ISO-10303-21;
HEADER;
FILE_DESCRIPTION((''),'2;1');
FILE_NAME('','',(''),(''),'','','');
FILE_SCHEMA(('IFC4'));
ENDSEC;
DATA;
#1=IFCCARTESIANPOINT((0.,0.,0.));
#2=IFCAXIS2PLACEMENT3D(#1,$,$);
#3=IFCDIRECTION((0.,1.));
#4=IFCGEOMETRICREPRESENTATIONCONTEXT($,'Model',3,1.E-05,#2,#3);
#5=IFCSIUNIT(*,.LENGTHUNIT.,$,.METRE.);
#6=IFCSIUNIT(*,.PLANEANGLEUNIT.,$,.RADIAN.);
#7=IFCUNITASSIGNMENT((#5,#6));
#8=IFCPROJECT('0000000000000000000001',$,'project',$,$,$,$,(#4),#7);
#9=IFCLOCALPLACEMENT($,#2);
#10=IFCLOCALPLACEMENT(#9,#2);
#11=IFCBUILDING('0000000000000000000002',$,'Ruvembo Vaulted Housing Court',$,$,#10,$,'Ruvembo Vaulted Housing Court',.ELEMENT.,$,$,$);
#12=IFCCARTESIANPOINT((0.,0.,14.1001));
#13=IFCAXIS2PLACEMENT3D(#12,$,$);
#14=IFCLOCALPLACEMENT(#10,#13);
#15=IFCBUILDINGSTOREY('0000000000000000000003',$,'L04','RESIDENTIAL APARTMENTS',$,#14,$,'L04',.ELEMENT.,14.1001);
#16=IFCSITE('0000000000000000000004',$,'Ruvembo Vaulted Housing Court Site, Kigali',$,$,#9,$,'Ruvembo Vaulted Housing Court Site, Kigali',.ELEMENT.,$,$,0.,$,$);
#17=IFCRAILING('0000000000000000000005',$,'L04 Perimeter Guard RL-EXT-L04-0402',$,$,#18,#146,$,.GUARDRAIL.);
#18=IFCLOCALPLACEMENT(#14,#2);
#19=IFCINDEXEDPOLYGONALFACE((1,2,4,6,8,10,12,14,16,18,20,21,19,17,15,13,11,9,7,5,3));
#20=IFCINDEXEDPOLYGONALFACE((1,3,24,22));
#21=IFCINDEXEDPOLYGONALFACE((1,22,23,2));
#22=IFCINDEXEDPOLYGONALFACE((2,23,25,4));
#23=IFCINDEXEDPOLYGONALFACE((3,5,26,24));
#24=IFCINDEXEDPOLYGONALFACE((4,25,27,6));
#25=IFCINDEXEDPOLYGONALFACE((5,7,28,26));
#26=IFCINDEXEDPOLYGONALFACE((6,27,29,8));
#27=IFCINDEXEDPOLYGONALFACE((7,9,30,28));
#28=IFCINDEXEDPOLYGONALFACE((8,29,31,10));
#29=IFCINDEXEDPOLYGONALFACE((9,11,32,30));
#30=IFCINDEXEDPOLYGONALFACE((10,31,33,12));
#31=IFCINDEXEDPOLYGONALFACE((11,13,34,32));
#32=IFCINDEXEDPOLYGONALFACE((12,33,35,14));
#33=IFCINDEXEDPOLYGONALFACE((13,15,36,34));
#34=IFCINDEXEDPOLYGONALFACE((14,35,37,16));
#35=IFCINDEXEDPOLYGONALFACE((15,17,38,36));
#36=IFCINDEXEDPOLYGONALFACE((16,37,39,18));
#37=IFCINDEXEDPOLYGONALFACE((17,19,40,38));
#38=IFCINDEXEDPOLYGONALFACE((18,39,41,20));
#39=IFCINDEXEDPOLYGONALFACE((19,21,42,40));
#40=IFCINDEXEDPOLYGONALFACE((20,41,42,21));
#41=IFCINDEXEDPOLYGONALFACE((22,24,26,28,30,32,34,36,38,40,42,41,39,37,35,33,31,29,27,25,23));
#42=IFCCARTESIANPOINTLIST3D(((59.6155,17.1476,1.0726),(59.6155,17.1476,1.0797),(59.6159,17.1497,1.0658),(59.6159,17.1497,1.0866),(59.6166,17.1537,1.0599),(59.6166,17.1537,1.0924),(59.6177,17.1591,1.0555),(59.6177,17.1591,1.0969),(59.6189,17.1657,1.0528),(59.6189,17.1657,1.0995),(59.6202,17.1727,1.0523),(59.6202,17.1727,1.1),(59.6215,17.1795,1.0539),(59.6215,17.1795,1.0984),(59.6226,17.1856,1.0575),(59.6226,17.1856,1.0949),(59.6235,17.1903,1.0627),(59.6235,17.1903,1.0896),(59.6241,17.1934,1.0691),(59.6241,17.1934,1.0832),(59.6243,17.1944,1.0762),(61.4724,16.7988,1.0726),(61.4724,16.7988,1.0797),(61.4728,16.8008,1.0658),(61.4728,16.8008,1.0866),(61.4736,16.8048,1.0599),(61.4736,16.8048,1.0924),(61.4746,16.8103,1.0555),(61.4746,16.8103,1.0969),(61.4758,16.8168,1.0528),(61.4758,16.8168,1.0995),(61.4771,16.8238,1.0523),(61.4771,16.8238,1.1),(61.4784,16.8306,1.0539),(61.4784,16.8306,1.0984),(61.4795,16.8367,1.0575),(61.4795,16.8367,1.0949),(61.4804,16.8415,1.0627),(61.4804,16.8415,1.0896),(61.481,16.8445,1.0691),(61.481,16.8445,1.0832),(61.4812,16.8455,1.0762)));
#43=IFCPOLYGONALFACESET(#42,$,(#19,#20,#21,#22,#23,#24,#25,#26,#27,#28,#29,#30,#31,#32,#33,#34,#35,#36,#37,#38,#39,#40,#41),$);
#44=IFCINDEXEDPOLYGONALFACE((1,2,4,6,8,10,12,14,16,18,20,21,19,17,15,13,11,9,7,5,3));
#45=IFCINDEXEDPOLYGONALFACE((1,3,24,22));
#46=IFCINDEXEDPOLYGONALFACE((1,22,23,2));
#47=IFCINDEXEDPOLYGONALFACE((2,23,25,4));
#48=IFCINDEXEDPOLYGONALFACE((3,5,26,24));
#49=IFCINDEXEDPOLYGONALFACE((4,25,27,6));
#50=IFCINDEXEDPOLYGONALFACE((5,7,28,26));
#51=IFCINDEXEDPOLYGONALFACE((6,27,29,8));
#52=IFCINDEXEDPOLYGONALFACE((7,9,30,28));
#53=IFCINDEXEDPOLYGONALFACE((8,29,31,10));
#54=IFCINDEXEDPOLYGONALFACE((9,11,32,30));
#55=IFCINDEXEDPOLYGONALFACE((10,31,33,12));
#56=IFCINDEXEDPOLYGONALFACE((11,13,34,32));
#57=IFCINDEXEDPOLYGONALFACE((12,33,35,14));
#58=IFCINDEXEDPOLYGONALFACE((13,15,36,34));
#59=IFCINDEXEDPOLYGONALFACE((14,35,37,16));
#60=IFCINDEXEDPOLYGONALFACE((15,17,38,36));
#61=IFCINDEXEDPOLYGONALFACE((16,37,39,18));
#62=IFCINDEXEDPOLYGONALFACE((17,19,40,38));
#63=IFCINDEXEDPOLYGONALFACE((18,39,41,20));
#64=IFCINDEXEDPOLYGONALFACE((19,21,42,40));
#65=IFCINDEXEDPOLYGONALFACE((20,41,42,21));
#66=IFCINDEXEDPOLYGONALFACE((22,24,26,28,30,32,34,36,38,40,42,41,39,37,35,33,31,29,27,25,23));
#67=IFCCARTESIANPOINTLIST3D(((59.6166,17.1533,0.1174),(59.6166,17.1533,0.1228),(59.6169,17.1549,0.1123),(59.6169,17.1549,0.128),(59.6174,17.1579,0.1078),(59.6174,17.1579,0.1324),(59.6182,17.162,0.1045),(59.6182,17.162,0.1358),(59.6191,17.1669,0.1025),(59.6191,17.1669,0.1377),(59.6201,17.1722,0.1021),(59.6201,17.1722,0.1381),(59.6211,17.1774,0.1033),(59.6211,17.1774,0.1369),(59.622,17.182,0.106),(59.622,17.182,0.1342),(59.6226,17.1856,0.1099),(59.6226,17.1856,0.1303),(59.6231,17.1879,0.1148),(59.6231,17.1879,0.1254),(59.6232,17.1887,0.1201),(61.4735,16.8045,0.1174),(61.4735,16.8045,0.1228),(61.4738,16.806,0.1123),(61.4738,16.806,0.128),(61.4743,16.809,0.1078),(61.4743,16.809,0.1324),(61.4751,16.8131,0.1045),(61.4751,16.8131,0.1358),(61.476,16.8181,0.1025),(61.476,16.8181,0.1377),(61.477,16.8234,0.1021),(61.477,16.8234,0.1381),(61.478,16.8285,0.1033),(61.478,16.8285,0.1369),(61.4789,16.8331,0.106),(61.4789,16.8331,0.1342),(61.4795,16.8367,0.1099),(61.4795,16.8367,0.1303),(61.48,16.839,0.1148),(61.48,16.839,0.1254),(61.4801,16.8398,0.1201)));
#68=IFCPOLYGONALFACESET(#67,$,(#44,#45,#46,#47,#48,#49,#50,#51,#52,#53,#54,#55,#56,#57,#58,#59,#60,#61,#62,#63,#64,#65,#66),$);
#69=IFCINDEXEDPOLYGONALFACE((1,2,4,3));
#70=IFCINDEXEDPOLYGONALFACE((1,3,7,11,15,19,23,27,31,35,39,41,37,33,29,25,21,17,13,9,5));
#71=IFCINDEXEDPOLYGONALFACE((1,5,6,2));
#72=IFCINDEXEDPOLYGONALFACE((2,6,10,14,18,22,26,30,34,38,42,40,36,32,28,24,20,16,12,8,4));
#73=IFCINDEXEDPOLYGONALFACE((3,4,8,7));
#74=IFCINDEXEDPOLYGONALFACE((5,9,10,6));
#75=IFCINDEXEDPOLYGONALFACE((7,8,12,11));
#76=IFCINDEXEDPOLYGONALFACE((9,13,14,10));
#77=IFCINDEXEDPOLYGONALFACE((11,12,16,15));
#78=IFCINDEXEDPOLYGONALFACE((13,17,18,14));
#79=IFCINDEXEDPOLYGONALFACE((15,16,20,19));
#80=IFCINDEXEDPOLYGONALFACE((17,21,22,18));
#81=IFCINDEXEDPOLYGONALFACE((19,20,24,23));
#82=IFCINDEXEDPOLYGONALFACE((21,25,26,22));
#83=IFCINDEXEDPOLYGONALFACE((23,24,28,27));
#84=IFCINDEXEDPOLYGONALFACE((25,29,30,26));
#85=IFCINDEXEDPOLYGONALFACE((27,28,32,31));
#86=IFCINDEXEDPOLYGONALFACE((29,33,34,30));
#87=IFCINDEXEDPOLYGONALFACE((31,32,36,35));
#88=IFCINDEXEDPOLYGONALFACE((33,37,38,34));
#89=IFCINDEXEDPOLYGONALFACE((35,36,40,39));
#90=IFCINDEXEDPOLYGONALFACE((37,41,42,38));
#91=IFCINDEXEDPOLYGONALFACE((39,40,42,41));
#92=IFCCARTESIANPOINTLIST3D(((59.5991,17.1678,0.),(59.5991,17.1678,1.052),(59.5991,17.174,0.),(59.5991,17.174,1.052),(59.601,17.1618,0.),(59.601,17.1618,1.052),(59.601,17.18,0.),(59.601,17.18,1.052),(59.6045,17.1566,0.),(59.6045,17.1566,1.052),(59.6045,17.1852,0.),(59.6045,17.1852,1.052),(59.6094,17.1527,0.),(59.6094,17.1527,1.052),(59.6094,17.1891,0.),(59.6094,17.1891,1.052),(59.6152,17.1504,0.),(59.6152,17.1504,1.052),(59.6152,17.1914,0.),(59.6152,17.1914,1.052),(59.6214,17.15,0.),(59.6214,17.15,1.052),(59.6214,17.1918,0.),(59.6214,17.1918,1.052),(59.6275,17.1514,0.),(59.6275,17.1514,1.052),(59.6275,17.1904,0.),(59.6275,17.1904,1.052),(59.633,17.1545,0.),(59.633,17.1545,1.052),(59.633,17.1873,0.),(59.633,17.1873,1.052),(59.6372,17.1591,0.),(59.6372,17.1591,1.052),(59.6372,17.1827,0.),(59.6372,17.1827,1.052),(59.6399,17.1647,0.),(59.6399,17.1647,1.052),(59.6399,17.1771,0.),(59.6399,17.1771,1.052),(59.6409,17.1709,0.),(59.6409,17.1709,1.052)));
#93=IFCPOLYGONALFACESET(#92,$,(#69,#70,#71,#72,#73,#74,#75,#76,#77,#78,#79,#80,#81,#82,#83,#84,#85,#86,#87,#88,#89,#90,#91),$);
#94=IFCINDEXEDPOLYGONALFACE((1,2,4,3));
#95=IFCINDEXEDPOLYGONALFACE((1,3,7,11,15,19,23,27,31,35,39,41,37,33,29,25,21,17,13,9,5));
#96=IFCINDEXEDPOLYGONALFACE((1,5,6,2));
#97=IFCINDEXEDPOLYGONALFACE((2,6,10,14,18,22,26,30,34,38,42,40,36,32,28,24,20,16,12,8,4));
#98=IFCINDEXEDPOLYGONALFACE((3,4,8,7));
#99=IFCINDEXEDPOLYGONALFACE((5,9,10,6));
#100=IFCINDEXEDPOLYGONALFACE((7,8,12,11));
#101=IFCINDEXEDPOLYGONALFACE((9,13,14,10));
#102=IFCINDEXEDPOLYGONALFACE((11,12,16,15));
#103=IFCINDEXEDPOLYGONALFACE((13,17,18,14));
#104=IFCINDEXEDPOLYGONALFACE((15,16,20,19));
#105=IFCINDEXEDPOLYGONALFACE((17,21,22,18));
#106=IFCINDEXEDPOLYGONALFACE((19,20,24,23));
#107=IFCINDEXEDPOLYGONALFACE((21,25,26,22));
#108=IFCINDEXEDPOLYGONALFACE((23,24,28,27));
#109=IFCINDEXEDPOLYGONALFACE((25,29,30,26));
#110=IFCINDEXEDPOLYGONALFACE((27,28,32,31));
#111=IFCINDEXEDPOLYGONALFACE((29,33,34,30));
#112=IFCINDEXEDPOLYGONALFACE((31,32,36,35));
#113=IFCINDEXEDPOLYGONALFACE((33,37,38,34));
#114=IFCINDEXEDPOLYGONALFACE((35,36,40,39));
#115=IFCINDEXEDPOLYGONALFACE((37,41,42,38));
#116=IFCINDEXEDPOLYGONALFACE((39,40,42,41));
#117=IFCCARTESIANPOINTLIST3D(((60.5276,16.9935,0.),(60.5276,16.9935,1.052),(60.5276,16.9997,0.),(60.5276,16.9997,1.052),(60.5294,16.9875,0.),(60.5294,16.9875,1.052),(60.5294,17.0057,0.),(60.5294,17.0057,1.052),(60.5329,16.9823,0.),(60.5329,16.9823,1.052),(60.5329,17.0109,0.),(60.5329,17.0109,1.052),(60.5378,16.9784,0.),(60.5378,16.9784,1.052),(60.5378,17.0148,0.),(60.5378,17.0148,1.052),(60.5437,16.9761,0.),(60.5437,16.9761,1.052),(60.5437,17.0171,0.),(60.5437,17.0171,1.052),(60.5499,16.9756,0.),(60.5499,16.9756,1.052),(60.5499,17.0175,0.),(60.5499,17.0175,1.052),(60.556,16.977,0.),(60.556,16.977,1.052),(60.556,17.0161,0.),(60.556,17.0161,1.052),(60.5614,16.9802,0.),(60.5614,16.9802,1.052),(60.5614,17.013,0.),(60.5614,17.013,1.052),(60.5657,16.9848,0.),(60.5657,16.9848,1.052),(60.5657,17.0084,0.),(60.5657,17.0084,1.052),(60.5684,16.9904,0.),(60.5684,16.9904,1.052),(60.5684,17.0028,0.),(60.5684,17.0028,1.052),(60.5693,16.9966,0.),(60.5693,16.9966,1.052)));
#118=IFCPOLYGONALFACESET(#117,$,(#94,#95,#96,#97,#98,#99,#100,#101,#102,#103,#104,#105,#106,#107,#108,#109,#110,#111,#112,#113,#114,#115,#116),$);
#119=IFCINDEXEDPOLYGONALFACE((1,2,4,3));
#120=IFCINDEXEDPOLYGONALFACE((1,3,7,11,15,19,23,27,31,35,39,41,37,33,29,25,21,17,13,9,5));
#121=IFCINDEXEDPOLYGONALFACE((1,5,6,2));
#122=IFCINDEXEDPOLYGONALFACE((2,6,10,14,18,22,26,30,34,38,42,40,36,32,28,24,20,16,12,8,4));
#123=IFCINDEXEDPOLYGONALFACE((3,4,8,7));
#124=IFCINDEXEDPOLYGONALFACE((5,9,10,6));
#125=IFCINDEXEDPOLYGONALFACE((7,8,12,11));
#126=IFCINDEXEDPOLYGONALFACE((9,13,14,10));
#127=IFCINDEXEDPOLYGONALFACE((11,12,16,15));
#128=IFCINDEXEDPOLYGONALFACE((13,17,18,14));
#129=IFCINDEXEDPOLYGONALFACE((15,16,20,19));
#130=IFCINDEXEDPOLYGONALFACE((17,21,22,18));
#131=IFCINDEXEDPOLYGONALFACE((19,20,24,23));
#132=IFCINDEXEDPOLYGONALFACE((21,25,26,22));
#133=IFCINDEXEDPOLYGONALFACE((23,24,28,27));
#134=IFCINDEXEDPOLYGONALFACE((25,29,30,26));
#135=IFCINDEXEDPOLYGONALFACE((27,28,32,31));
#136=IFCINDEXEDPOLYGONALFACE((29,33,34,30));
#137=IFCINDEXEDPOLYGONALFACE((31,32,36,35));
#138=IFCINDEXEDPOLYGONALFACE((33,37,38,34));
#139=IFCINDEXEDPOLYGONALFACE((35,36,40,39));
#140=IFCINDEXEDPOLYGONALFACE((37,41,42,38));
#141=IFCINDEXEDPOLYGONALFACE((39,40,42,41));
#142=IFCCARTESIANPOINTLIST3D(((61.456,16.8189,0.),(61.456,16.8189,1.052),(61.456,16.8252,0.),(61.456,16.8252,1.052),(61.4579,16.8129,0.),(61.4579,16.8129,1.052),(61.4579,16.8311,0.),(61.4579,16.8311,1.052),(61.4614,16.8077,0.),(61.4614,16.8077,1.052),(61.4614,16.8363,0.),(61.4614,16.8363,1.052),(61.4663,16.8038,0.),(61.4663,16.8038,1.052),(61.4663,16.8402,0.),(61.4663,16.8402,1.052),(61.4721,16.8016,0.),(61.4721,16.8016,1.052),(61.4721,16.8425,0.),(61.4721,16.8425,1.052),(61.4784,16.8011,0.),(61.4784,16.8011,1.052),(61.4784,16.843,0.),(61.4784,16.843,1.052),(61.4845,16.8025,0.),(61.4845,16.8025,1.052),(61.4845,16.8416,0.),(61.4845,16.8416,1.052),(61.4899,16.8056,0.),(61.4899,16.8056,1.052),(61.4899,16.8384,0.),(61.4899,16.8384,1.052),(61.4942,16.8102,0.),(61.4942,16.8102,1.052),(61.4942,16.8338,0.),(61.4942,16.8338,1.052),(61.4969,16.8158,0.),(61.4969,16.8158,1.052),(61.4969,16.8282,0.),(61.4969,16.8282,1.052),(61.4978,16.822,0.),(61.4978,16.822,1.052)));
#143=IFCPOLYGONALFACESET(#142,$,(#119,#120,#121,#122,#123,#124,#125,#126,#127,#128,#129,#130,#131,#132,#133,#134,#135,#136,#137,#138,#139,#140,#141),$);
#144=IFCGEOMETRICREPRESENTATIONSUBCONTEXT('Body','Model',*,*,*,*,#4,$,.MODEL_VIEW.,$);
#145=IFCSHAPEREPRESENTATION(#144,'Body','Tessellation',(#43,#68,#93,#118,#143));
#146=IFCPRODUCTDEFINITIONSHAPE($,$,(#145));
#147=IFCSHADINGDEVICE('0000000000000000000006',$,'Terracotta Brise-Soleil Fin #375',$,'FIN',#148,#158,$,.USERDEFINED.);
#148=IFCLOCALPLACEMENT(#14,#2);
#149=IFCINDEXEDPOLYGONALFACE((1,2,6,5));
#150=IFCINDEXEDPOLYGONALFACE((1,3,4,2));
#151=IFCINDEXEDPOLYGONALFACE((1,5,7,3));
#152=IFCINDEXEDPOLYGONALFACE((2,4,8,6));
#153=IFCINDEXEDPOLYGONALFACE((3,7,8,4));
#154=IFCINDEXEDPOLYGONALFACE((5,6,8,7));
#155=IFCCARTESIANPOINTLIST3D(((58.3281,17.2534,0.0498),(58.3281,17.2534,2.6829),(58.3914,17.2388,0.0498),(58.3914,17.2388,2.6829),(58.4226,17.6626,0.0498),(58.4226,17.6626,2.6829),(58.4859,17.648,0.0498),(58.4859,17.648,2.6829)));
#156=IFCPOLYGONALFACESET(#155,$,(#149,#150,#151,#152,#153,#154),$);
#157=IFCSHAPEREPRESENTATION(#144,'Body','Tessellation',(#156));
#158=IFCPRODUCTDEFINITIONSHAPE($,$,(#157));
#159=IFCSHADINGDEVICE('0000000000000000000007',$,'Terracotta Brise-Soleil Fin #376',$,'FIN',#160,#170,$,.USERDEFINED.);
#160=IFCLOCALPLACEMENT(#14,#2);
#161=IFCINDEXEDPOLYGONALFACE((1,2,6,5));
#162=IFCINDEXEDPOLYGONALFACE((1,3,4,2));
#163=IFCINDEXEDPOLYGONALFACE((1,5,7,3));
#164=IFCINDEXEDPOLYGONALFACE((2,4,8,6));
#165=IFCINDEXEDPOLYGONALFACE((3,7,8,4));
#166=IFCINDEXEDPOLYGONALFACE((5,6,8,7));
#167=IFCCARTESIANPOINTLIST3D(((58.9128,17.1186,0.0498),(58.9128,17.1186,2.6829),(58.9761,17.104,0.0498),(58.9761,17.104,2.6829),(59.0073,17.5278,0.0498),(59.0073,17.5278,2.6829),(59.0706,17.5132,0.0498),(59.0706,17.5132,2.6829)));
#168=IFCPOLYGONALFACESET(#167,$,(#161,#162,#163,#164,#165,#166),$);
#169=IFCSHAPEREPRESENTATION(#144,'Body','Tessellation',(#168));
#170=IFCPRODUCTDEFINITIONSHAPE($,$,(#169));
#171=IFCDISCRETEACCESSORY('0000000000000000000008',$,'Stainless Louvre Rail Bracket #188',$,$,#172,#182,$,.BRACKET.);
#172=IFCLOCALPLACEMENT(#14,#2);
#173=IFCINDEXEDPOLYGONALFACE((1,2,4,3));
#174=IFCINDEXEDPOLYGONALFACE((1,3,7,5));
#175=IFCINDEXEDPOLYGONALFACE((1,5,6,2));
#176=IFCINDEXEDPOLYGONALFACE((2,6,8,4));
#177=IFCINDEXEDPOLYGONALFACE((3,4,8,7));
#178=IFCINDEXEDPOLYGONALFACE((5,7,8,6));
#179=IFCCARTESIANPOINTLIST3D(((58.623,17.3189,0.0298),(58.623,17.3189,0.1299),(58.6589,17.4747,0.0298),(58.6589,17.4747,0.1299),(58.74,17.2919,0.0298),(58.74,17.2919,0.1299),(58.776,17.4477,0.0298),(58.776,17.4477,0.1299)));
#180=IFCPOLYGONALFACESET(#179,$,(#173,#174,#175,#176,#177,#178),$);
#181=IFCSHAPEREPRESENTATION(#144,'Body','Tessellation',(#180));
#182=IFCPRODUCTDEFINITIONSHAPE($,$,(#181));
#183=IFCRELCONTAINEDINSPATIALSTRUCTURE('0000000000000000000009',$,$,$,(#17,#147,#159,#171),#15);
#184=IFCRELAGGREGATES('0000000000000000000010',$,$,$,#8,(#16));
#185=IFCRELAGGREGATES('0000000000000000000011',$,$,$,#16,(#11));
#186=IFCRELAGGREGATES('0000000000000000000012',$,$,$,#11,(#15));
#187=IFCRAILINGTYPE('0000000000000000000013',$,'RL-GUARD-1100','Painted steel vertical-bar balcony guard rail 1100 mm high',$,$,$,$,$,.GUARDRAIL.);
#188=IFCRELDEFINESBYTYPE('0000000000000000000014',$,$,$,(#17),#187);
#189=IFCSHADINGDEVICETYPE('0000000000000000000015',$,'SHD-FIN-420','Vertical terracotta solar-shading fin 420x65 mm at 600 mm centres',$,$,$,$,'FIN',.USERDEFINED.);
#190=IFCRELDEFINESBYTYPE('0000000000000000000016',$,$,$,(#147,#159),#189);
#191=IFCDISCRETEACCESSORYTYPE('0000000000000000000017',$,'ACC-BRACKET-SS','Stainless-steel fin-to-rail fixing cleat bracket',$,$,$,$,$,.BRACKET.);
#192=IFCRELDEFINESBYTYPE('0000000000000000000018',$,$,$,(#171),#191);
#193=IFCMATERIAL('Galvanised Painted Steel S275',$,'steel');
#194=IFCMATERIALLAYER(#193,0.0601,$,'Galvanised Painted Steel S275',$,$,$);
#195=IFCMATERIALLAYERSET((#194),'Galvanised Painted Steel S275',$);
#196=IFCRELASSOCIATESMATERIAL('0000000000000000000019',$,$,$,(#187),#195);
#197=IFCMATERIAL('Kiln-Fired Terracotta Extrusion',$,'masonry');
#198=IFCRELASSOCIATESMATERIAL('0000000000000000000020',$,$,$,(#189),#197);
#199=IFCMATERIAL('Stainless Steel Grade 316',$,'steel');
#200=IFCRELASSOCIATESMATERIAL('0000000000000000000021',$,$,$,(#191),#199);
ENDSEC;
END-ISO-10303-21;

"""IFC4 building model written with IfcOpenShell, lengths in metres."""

from ifc_helpers import new_model, si_unit, direction, frame, origin, origin_2d, place, context, subcontext, project, spatial, rectangle, circle, extrude, material, layer, layer_set, type_object, element, save


model = new_model("IFC4")

# Units and contexts
model_context = context("Model", 3, precision=1e-05, world=origin(), true_north=direction((0.0, 1.0)))
body_context = subcontext(model_context, "Body", "Model", "MODEL_VIEW")
ifc_project = project(units=[si_unit("LENGTHUNIT", "METRE"), si_unit("PLANEANGLEUNIT", "RADIAN")], contexts=[model_context])

# Site, building, storey
site_placement = place(None, origin())
site = spatial("IfcSite", under=ifc_project, at=site_placement, Name="Ruvembo Vaulted Housing Court Site, Kigali", LongName="Ruvembo Vaulted Housing Court Site, Kigali", CompositionType="ELEMENT", RefElevation=0.0)
building_placement = place(site_placement, origin())
building = spatial("IfcBuilding", under=site, at=building_placement, Name="Ruvembo Vaulted Housing Court", LongName="Ruvembo Vaulted Housing Court", CompositionType="ELEMENT")
storey_placement = place(building_placement, frame((0.0, 0.0, 14.1001)))
storey = spatial("IfcBuildingStorey", under=building, at=storey_placement, Name="L04", Description="RESIDENTIAL APARTMENTS", LongName="L04", CompositionType="ELEMENT", Elevation=14.1001)

# Railing
ifc_material_1 = material(Name="Galvanised Painted Steel S275", Category="steel")
ifc_layer_1 = layer(ifc_material_1, 0.0601, Name="Galvanised Painted Steel S275")
ifc_layer_set_1 = layer_set([ifc_layer_1], Name="Galvanised Painted Steel S275")
railing_type = type_object("IfcRailingType", Name="RL-GUARD-1100", Description="Painted steel vertical-bar balcony guard rail 1100 mm high", PredefinedType="GUARDRAIL", material=ifc_layer_set_1)
railing_placement = place(storey_placement, frame((59.6199, 17.1709, 0.0)))
element("IfcRailing", 1, at=railing_placement, inside=storey, type_object=railing_type, Name="L04 Perimeter Guard RL-EXT-L04-0402", PredefinedType="GUARDRAIL", context=body_context, shape_type="SweptSolid", body=[
    extrude(circle(Radius=0.0239, at=origin_2d()), frame((0.0, 0.0, 1.0762), z_axis=(0.982805, -0.184647, 0.0), x_axis=(0.184647, 0.982805, 0.0)), (0.0, 0.0, 1.0), 1.8894),
    extrude(circle(Radius=0.0181, at=origin_2d()), frame((0.0, 0.0, 0.1201), z_axis=(0.982805, -0.184647, 0.0), x_axis=(0.184647, 0.982805, 0.0)), (0.0, 0.0, 1.0), 1.8894),
    extrude(circle(Radius=0.021, at=origin_2d()), origin(), (0.0, 0.0, 1.0), 1.052),
    extrude(circle(Radius=0.021, at=origin_2d()), frame((0.9285, -0.1743, 0.0)), (0.0, 0.0, 1.0), 1.052),
    extrude(circle(Radius=0.021, at=origin_2d()), frame((1.8569, -0.3489, 0.0)), (0.0, 0.0, 1.0), 1.052),
])

# Shading devices
ifc_material_2 = material(Name="Kiln-Fired Terracotta Extrusion", Category="masonry")
shading_device_type = type_object("IfcShadingDeviceType", Name="SHD-FIN-420", Description="Vertical terracotta solar-shading fin 420x65 mm at 600 mm centres", ElementType="FIN", PredefinedType="USERDEFINED", material=ifc_material_2)
for number, where, z_axis, x_axis, name in (
    (2, (58.407, 17.4507, 0.0498), (0.0, 0.0, 1.0), (-0.224951, -0.97437, 0.0), "Terracotta Brise-Soleil Fin #375"),
    (3, (58.9917, 17.3159, 0.0498), (0.0, 0.0, 1.0), (-0.224951, -0.97437, 0.0), "Terracotta Brise-Soleil Fin #376"),
):
    element("IfcShadingDevice", number, at=place(storey_placement, frame(where, z_axis=z_axis, x_axis=x_axis)), inside=storey, type_object=shading_device_type, Name=name, ObjectType="FIN", PredefinedType="USERDEFINED", context=body_context, shape_type="SweptSolid", body=[
        extrude(rectangle(XDim=0.4199, YDim=0.0649, at=origin_2d()), origin(), (0.0, 0.0, 1.0), 2.6331),
    ])

# Discrete accessory
ifc_material_3 = material(Name="Stainless Steel Grade 316", Category="steel")
discrete_accessory_type = type_object("IfcDiscreteAccessoryType", Name="ACC-BRACKET-SS", Description="Stainless-steel fin-to-rail fixing cleat bracket", PredefinedType="BRACKET", material=ifc_material_3)
discrete_accessory_placement = place(storey_placement, frame((58.6995, 17.3833, 0.0298), z_axis=(0.0, 0.0, 1.0), x_axis=(-0.224951, -0.97437, 0.0)))
element("IfcDiscreteAccessory", 4, at=discrete_accessory_placement, inside=storey, type_object=discrete_accessory_type, Name="Stainless Louvre Rail Bracket #188", PredefinedType="BRACKET", context=body_context, shape_type="SweptSolid", body=[
    extrude(rectangle(XDim=0.1599, YDim=0.1201, at=origin_2d()), origin(), (0.0, 0.0, 1.0), 0.1001),
])

save(model, "model.ifc")
